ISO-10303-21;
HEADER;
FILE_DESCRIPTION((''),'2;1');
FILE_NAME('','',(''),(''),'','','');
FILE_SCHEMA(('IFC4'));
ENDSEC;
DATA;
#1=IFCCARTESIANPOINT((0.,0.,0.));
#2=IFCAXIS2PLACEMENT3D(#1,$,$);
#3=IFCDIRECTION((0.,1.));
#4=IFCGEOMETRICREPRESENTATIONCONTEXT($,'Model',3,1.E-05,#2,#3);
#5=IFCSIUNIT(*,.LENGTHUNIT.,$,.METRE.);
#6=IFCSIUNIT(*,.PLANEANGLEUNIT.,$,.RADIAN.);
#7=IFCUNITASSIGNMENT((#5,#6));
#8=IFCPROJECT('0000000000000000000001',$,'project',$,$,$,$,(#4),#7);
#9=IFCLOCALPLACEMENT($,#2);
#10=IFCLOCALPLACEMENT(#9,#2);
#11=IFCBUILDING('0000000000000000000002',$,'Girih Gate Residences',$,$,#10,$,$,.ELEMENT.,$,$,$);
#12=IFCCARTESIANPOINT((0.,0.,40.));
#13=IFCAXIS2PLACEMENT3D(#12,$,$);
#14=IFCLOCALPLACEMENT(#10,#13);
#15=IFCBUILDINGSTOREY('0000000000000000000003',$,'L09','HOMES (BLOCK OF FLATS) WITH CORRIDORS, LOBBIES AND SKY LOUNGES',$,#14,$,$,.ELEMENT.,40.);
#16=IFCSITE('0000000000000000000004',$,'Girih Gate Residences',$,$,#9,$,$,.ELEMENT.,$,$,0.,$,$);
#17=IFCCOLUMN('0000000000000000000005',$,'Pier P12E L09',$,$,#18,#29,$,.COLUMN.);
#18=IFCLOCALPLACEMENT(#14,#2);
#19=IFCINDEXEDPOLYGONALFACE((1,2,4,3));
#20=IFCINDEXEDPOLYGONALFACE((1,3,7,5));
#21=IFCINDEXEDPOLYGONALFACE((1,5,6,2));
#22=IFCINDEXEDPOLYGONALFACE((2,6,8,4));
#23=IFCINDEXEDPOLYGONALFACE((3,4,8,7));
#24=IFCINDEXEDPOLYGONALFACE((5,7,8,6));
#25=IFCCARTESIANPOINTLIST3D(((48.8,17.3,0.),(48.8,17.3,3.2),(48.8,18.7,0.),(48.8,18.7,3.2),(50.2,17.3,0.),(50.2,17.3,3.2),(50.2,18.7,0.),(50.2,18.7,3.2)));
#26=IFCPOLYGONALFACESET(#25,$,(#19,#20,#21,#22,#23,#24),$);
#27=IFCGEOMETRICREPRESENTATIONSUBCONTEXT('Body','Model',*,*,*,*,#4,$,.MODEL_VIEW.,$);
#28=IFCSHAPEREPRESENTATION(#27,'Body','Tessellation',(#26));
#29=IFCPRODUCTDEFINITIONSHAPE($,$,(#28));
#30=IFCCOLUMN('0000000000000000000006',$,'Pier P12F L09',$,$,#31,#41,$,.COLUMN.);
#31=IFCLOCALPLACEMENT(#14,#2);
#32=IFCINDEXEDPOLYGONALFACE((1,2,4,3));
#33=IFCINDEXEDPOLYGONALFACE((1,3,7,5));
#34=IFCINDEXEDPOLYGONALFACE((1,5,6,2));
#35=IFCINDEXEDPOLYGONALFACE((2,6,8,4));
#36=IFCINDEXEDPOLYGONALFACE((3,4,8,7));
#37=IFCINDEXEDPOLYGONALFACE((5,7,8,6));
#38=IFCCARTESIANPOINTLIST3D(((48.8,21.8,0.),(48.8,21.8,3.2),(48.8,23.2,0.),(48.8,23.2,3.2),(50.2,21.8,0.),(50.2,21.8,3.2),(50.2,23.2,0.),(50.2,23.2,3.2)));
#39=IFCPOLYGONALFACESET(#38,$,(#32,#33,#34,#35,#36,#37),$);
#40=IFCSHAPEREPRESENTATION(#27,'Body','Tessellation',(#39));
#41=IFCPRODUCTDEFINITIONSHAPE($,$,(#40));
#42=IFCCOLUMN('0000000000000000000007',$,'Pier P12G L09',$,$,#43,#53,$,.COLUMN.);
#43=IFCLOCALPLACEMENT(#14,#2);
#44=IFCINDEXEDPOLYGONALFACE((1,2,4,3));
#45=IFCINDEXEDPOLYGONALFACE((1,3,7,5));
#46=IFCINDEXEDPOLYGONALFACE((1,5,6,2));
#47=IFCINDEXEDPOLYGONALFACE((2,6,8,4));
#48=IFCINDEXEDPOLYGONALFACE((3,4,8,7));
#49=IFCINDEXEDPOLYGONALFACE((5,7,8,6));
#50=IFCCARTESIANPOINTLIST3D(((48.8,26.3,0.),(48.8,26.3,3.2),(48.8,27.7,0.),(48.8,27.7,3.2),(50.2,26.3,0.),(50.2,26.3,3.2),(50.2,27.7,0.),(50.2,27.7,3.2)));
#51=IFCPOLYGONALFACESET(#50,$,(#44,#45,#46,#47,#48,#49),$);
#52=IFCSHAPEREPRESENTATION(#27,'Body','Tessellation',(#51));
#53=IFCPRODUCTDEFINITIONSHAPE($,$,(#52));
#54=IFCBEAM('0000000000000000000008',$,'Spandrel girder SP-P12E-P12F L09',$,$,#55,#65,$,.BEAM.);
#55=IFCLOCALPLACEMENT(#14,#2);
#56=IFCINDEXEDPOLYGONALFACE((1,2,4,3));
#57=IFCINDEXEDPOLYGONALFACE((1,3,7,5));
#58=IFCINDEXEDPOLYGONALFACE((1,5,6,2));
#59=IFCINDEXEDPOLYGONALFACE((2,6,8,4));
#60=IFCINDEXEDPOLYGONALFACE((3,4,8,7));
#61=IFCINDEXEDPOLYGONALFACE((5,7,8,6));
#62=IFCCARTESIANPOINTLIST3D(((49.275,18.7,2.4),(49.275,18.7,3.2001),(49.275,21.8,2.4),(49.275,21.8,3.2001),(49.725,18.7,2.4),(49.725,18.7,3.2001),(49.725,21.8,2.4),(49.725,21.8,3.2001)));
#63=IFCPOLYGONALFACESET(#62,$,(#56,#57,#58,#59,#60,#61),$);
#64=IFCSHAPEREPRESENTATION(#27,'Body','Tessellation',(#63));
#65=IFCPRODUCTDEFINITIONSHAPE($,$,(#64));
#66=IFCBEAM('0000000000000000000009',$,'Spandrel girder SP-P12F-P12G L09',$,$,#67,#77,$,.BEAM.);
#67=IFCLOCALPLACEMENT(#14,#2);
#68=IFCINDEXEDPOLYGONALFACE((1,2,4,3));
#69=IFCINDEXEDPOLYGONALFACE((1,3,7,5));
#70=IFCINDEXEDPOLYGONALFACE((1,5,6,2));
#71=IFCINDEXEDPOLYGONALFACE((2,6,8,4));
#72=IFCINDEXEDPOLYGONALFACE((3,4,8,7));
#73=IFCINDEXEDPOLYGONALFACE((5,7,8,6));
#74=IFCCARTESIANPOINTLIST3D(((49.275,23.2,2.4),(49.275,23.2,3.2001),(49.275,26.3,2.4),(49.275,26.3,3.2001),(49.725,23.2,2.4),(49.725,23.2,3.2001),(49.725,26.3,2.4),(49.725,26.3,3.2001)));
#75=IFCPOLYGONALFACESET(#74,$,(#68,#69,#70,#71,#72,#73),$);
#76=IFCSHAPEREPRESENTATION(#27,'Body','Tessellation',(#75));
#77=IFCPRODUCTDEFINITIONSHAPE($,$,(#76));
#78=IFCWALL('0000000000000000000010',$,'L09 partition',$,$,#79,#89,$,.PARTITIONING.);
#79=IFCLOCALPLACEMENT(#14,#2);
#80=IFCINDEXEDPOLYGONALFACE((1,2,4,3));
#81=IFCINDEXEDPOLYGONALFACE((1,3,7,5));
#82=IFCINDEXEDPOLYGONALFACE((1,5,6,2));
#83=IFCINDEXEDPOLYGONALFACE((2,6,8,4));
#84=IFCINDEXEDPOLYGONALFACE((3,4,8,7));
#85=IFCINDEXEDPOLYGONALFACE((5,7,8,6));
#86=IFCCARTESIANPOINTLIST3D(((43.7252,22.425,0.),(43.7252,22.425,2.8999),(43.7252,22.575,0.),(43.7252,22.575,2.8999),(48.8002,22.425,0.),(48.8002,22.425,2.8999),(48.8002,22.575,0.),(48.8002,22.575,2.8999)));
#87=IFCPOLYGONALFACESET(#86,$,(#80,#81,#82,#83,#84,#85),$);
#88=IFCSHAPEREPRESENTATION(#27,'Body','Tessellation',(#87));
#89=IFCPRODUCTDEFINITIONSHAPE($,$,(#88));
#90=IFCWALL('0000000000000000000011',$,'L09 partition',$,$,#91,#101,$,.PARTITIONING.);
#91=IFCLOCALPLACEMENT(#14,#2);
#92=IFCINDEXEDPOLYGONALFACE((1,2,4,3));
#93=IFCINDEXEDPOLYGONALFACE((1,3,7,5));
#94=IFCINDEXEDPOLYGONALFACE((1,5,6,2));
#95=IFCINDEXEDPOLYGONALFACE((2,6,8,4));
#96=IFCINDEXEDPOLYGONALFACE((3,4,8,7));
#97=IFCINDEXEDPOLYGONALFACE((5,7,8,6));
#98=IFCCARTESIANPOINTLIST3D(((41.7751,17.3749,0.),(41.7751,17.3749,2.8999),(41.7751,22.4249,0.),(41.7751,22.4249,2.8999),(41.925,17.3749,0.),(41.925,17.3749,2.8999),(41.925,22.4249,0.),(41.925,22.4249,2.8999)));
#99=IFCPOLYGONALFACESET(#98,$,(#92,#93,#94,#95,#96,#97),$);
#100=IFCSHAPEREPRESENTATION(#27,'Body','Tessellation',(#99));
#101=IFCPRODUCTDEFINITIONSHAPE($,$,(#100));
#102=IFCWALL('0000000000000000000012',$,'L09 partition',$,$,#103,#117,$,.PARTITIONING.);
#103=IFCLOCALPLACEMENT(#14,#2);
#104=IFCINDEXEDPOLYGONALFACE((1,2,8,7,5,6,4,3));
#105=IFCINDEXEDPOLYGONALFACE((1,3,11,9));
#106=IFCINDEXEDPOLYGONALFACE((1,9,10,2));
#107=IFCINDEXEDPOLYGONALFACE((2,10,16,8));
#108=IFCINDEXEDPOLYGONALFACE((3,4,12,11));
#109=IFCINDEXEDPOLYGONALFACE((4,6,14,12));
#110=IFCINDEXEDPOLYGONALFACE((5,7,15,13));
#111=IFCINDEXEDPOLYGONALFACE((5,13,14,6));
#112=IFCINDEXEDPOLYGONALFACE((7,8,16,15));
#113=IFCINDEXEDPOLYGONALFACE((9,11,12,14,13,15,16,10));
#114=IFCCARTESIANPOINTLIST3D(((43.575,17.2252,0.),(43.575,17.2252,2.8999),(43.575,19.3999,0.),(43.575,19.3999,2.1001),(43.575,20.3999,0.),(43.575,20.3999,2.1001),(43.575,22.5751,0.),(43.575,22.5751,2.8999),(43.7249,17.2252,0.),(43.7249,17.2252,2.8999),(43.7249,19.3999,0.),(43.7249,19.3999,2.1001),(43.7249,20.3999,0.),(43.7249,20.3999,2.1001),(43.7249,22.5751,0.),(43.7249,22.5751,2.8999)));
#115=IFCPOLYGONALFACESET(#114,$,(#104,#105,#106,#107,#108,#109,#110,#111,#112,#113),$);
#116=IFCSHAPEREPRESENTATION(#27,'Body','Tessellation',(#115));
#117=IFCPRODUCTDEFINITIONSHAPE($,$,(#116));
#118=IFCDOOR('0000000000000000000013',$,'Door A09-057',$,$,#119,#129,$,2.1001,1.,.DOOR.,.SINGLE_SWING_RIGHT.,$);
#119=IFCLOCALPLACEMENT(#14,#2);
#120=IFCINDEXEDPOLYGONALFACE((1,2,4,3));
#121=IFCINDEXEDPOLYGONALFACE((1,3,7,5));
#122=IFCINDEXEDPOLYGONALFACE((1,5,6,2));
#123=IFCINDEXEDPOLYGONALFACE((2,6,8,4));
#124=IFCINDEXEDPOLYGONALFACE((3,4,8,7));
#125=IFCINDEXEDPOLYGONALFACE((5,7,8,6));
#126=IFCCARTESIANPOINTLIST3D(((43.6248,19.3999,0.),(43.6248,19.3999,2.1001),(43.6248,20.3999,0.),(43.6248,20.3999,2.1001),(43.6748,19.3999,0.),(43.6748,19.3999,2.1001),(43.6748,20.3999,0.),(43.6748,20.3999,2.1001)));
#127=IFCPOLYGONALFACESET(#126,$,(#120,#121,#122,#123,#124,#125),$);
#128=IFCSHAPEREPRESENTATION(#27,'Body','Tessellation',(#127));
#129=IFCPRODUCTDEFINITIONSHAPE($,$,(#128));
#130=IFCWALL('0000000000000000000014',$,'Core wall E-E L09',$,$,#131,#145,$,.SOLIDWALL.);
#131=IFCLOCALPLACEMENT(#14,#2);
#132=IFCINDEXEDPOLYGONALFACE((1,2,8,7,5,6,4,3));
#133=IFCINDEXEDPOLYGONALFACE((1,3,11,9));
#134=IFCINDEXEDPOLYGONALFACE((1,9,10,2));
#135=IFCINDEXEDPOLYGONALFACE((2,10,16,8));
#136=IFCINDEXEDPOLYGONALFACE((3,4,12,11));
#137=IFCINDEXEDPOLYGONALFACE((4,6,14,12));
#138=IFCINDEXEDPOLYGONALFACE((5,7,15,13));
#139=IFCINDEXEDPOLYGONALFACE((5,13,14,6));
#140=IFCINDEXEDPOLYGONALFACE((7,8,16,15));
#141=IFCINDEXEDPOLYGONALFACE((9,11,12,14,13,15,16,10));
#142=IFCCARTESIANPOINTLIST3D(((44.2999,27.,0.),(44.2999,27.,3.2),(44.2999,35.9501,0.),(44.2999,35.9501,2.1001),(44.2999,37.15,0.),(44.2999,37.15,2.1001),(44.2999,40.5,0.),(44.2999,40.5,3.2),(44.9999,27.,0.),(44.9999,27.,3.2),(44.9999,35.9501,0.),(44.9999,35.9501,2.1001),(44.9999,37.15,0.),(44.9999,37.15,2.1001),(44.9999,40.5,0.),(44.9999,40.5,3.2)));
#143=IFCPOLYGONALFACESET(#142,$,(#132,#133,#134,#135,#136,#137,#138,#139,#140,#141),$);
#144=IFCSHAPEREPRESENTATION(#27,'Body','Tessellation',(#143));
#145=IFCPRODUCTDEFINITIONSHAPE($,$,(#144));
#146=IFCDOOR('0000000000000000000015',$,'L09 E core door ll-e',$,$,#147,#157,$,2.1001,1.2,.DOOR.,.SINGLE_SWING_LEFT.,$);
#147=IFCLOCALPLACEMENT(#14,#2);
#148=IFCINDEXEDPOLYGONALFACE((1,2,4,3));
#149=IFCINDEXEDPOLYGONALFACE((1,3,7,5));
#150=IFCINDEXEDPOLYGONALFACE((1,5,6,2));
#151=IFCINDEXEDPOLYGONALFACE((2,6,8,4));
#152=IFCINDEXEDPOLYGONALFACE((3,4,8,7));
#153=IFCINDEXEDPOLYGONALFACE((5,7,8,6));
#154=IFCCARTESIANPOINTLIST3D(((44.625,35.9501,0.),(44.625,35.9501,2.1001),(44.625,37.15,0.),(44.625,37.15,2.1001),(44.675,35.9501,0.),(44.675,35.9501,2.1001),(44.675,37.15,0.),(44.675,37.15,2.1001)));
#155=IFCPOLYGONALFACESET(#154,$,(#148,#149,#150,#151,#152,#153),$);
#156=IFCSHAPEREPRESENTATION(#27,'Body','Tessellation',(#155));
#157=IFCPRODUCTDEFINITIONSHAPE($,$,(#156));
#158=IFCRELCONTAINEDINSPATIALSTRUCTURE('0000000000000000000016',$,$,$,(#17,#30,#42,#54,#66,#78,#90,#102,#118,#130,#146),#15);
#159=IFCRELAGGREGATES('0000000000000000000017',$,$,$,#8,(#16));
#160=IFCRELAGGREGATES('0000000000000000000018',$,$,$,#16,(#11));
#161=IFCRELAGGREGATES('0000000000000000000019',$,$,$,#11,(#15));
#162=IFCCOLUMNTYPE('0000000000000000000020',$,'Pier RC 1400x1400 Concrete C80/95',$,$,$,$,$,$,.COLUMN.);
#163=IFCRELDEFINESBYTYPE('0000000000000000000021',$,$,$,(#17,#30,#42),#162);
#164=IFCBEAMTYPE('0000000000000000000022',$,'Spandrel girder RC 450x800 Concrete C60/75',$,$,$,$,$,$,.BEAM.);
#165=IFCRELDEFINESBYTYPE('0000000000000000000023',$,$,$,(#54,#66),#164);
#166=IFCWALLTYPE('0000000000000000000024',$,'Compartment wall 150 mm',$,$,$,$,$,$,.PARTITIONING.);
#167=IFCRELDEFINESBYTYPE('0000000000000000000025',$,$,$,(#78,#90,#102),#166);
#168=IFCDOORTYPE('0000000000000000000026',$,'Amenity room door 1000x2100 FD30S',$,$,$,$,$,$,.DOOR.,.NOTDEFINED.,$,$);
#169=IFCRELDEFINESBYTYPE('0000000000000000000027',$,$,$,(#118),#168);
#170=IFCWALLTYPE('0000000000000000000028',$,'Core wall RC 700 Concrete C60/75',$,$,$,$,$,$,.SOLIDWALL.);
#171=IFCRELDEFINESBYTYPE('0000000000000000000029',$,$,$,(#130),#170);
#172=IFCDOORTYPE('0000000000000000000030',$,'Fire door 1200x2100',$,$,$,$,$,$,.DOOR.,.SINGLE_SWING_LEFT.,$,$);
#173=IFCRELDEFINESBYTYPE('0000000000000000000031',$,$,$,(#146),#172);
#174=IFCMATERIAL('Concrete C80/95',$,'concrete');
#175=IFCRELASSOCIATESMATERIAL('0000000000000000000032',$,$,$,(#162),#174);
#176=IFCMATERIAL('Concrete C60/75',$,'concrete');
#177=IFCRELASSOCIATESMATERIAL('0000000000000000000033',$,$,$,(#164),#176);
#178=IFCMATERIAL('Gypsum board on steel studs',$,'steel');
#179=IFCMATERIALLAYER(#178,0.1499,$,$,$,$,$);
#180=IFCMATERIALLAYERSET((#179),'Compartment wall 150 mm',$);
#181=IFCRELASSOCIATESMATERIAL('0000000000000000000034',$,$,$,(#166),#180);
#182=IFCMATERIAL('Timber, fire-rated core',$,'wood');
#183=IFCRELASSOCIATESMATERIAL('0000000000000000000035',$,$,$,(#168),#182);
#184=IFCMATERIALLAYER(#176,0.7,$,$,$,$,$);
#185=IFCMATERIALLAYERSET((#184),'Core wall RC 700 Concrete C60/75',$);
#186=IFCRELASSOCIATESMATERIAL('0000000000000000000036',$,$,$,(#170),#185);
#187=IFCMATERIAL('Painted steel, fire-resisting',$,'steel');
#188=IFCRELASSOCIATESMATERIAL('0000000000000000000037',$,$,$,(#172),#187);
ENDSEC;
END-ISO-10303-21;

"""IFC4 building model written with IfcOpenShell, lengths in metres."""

from ifc_helpers import new_model, si_unit, direction, frame, frame_2d, origin, origin_2d, place, context, subcontext, project, spatial, rectangle, extrude, material, layer, layer_set, material_profile, profile_set, type_object, element, fill, save


model = new_model("IFC4")

# Units and contexts
model_context = context("Model", 3, precision=1e-05, world=origin(), true_north=direction((0.0, 1.0)))
body_context = subcontext(model_context, "Body", "Model", "MODEL_VIEW")
ifc_project = project(units=[si_unit("LENGTHUNIT", "METRE"), si_unit("PLANEANGLEUNIT", "RADIAN")], contexts=[model_context])

# Site, building, storey
site_placement = place(None, origin())
site = spatial("IfcSite", under=ifc_project, at=site_placement, Name="Girih Gate Residences", CompositionType="ELEMENT", RefElevation=0.0)
building_placement = place(site_placement, origin())
building = spatial("IfcBuilding", under=site, at=building_placement, Name="Girih Gate Residences", CompositionType="ELEMENT")
storey_placement = place(building_placement, frame((0.0, 0.0, 40.0)))
storey = spatial("IfcBuildingStorey", under=building, at=storey_placement, Name="L09", Description="HOMES (BLOCK OF FLATS) WITH CORRIDORS, LOBBIES AND SKY LOUNGES", CompositionType="ELEMENT", Elevation=40.0)

# Columns
ifc_material_1 = material(Name="Concrete C80/95", Category="concrete")
ifc_material_profile_1 = material_profile(ifc_material_1, rectangle(XDim=1.3999, YDim=1.3999, at=origin_2d()))
ifc_profile_set_1 = profile_set([ifc_material_profile_1], Name="Concrete C80/95")
column_type = type_object("IfcColumnType", Name="Pier RC 1400x1400 Concrete C80/95", PredefinedType="COLUMN", material=ifc_profile_set_1)
for number, where, z_axis, x_axis, name in (
    (1, (49.5, 18.0, 0.0), (0.0, 0.0, 1.0), (1.0, 0.0, 0.0), "Pier P12E L09"),
    (2, (49.5, 22.5, 0.0), (0.0, 0.0, 1.0), (1.0, 0.0, 0.0), "Pier P12F L09"),
    (3, (49.5, 27.0, 0.0), (0.0, 0.0, 1.0), (1.0, 0.0, 0.0), "Pier P12G L09"),
):
    element("IfcColumn", number, at=place(storey_placement, frame(where, z_axis=z_axis, x_axis=x_axis)), inside=storey, type_object=column_type, Name=name, PredefinedType="COLUMN", context=body_context, shape_type="SweptSolid", body=[
        extrude(rectangle(XDim=1.3999, YDim=1.3999, at=origin_2d()), origin(), (0.0, 0.0, 1.0), 3.2),
    ])

# Beams
ifc_material_2 = material(Name="Concrete C60/75", Category="concrete")
ifc_material_profile_2 = material_profile(ifc_material_2, rectangle(XDim=0.45, YDim=0.8, at=origin_2d()))
ifc_profile_set_2 = profile_set([ifc_material_profile_2], Name="Concrete C60/75")
beam_type = type_object("IfcBeamType", Name="Spandrel girder RC 450x800 Concrete C60/75", PredefinedType="BEAM", material=ifc_profile_set_2)
for number, where, z_axis, x_axis, name in (
    (4, (49.5, 18.7, 2.8), (0.0, 1.0, 0.0), (-1.0, 0.0, 0.0), "Spandrel girder SP-P12E-P12F L09"),
    (5, (49.5, 23.2, 2.8), (0.0, 1.0, 0.0), (-1.0, 0.0, 0.0), "Spandrel girder SP-P12F-P12G L09"),
):
    element("IfcBeam", number, at=place(storey_placement, frame(where, z_axis=z_axis, x_axis=x_axis)), inside=storey, type_object=beam_type, Name=name, PredefinedType="BEAM", context=body_context, shape_type="SweptSolid", body=[
        extrude(rectangle(XDim=0.45, YDim=0.8, at=origin_2d()), origin(), (0.0, 0.0, 1.0), 3.1001),
    ])

# Walls
ifc_material_3 = material(Name="Gypsum board on steel studs", Category="steel")
ifc_layer_1 = layer(ifc_material_3, 0.1499)
ifc_layer_set_1 = layer_set([ifc_layer_1], Name="Compartment wall 150 mm")
wall_type_1 = type_object("IfcWallType", Name="Compartment wall 150 mm", PredefinedType="PARTITIONING", material=ifc_layer_set_1)
wall_1_placement = place(storey_placement, frame((43.7251, 22.5, 0.0), z_axis=(0.0, 0.0, 1.0), x_axis=(1.0, 0.0, 0.0)))
element("IfcWall", 6, at=wall_1_placement, inside=storey, type_object=wall_type_1, Name="L09 partition", PredefinedType="PARTITIONING", context=body_context, shape_type="SweptSolid", body=[
    extrude(rectangle(XDim=5.075, YDim=0.1499, at=frame_2d((2.5376, 0.0))), origin(), (0.0, 0.0, 1.0), 2.8999),
])
wall_2_placement = place(storey_placement, frame((41.8501, 17.375, 0.0), z_axis=(0.0, 0.0, 1.0), x_axis=(0.0, 1.0, 0.0)))
element("IfcWall", 7, at=wall_2_placement, inside=storey, type_object=wall_type_1, Name="L09 partition", PredefinedType="PARTITIONING", context=body_context, shape_type="SweptSolid", body=[
    extrude(rectangle(XDim=5.05, YDim=0.1499, at=frame_2d((2.5249, 0.0))), origin(), (0.0, 0.0, 1.0), 2.8999),
])

# Walls, openings, doors
wall_3_placement = place(storey_placement, frame((43.6499, 22.575, 0.0), z_axis=(0.0, 0.0, 1.0), x_axis=(0.0, -1.0, 0.0)))
wall_3 = element("IfcWall", 8, at=wall_3_placement, inside=storey, type_object=wall_type_1, Name="L09 partition", PredefinedType="PARTITIONING", context=body_context, shape_type="SweptSolid", body=[
    extrude(rectangle(XDim=5.3499, YDim=0.1499, at=frame_2d((2.6748, 0.0))), origin(), (0.0, 0.0, 1.0), 2.8999),
])
opening_1_placement = place(wall_3_placement, frame((2.175, 0.0, 0.0)))
opening_1 = element("IfcOpeningElement", 9, at=opening_1_placement, cuts=wall_3, PredefinedType="OPENING", context=body_context, shape_type="SweptSolid", body=[
    extrude(rectangle(XDim=1.0, YDim=2.1001, at=frame_2d((0.5, 1.05))), frame((0.0, 0.085, 0.0), z_axis=(0.0, -1.0, 0.0), x_axis=(1.0, 0.0, 0.0)), (0.0, 0.0, 1.0), 0.1699),
])
ifc_material_4 = material(Name="Timber, fire-rated core", Category="wood")
door_type_1 = type_object("IfcDoorType", Name="Amenity room door 1000x2100 FD30S", OperationType="NOTDEFINED", PredefinedType="DOOR", material=ifc_material_4)
door_1_placement = place(opening_1_placement, origin())
door_1 = element("IfcDoor", 10, at=door_1_placement, inside=storey, type_object=door_type_1, Name="Door A09-057", OperationType="SINGLE_SWING_RIGHT", OverallHeight=2.1001, OverallWidth=1.0, PredefinedType="DOOR", context=body_context, shape_type="SweptSolid", body=[
    extrude(rectangle(XDim=1.0, YDim=2.1001, at=frame_2d((0.5, 1.05))), frame((0.0, 0.0249, 0.0), z_axis=(0.0, -1.0, 0.0), x_axis=(1.0, 0.0, 0.0)), (0.0, 0.0, 1.0), 0.05),
])
fill(opening_1, door_1)
ifc_layer_2 = layer(ifc_material_2, 0.7)
ifc_layer_set_2 = layer_set([ifc_layer_2], Name="Core wall RC 700 Concrete C60/75")
wall_type_2 = type_object("IfcWallType", Name="Core wall RC 700 Concrete C60/75", PredefinedType="SOLIDWALL", material=ifc_layer_set_2)
wall_4_placement = place(storey_placement, frame((44.6499, 27.0, 0.0), z_axis=(0.0, 0.0, 1.0), x_axis=(0.0, 1.0, 0.0)))
wall_4 = element("IfcWall", 11, at=wall_4_placement, inside=storey, type_object=wall_type_2, Name="Core wall E-E L09", PredefinedType="SOLIDWALL", context=body_context, shape_type="SweptSolid", body=[
    extrude(rectangle(XDim=13.5, YDim=0.7, at=frame_2d((6.75, 0.0))), origin(), (0.0, 0.0, 1.0), 3.2),
])
opening_2_placement = place(wall_4_placement, frame((8.95, 0.0, 0.0)))
opening_2 = element("IfcOpeningElement", 12, at=opening_2_placement, cuts=wall_4, PredefinedType="OPENING", context=body_context, shape_type="SweptSolid", body=[
    extrude(rectangle(XDim=1.2, YDim=2.1001, at=frame_2d((0.6001, 1.05))), frame((0.0, 0.3599, 0.0), z_axis=(0.0, -1.0, 0.0), x_axis=(1.0, 0.0, 0.0)), (0.0, 0.0, 1.0), 0.72),
])
ifc_material_5 = material(Name="Painted steel, fire-resisting", Category="steel")
door_type_2 = type_object("IfcDoorType", Name="Fire door 1200x2100", OperationType="SINGLE_SWING_LEFT", PredefinedType="DOOR", material=ifc_material_5)
door_2_placement = place(opening_2_placement, origin())
door_2 = element("IfcDoor", 13, at=door_2_placement, inside=storey, type_object=door_type_2, Name="L09 E core door ll-e", OperationType="SINGLE_SWING_LEFT", OverallHeight=2.1001, OverallWidth=1.2, PredefinedType="DOOR", context=body_context, shape_type="SweptSolid", body=[
    extrude(rectangle(XDim=1.2, YDim=2.1001, at=frame_2d((0.6001, 1.05))), frame((0.0, 0.0249, 0.0), z_axis=(0.0, -1.0, 0.0), x_axis=(1.0, 0.0, 0.0)), (0.0, 0.0, 1.0), 0.05),
])
fill(opening_2, door_2)

save(model, "model.ifc")
